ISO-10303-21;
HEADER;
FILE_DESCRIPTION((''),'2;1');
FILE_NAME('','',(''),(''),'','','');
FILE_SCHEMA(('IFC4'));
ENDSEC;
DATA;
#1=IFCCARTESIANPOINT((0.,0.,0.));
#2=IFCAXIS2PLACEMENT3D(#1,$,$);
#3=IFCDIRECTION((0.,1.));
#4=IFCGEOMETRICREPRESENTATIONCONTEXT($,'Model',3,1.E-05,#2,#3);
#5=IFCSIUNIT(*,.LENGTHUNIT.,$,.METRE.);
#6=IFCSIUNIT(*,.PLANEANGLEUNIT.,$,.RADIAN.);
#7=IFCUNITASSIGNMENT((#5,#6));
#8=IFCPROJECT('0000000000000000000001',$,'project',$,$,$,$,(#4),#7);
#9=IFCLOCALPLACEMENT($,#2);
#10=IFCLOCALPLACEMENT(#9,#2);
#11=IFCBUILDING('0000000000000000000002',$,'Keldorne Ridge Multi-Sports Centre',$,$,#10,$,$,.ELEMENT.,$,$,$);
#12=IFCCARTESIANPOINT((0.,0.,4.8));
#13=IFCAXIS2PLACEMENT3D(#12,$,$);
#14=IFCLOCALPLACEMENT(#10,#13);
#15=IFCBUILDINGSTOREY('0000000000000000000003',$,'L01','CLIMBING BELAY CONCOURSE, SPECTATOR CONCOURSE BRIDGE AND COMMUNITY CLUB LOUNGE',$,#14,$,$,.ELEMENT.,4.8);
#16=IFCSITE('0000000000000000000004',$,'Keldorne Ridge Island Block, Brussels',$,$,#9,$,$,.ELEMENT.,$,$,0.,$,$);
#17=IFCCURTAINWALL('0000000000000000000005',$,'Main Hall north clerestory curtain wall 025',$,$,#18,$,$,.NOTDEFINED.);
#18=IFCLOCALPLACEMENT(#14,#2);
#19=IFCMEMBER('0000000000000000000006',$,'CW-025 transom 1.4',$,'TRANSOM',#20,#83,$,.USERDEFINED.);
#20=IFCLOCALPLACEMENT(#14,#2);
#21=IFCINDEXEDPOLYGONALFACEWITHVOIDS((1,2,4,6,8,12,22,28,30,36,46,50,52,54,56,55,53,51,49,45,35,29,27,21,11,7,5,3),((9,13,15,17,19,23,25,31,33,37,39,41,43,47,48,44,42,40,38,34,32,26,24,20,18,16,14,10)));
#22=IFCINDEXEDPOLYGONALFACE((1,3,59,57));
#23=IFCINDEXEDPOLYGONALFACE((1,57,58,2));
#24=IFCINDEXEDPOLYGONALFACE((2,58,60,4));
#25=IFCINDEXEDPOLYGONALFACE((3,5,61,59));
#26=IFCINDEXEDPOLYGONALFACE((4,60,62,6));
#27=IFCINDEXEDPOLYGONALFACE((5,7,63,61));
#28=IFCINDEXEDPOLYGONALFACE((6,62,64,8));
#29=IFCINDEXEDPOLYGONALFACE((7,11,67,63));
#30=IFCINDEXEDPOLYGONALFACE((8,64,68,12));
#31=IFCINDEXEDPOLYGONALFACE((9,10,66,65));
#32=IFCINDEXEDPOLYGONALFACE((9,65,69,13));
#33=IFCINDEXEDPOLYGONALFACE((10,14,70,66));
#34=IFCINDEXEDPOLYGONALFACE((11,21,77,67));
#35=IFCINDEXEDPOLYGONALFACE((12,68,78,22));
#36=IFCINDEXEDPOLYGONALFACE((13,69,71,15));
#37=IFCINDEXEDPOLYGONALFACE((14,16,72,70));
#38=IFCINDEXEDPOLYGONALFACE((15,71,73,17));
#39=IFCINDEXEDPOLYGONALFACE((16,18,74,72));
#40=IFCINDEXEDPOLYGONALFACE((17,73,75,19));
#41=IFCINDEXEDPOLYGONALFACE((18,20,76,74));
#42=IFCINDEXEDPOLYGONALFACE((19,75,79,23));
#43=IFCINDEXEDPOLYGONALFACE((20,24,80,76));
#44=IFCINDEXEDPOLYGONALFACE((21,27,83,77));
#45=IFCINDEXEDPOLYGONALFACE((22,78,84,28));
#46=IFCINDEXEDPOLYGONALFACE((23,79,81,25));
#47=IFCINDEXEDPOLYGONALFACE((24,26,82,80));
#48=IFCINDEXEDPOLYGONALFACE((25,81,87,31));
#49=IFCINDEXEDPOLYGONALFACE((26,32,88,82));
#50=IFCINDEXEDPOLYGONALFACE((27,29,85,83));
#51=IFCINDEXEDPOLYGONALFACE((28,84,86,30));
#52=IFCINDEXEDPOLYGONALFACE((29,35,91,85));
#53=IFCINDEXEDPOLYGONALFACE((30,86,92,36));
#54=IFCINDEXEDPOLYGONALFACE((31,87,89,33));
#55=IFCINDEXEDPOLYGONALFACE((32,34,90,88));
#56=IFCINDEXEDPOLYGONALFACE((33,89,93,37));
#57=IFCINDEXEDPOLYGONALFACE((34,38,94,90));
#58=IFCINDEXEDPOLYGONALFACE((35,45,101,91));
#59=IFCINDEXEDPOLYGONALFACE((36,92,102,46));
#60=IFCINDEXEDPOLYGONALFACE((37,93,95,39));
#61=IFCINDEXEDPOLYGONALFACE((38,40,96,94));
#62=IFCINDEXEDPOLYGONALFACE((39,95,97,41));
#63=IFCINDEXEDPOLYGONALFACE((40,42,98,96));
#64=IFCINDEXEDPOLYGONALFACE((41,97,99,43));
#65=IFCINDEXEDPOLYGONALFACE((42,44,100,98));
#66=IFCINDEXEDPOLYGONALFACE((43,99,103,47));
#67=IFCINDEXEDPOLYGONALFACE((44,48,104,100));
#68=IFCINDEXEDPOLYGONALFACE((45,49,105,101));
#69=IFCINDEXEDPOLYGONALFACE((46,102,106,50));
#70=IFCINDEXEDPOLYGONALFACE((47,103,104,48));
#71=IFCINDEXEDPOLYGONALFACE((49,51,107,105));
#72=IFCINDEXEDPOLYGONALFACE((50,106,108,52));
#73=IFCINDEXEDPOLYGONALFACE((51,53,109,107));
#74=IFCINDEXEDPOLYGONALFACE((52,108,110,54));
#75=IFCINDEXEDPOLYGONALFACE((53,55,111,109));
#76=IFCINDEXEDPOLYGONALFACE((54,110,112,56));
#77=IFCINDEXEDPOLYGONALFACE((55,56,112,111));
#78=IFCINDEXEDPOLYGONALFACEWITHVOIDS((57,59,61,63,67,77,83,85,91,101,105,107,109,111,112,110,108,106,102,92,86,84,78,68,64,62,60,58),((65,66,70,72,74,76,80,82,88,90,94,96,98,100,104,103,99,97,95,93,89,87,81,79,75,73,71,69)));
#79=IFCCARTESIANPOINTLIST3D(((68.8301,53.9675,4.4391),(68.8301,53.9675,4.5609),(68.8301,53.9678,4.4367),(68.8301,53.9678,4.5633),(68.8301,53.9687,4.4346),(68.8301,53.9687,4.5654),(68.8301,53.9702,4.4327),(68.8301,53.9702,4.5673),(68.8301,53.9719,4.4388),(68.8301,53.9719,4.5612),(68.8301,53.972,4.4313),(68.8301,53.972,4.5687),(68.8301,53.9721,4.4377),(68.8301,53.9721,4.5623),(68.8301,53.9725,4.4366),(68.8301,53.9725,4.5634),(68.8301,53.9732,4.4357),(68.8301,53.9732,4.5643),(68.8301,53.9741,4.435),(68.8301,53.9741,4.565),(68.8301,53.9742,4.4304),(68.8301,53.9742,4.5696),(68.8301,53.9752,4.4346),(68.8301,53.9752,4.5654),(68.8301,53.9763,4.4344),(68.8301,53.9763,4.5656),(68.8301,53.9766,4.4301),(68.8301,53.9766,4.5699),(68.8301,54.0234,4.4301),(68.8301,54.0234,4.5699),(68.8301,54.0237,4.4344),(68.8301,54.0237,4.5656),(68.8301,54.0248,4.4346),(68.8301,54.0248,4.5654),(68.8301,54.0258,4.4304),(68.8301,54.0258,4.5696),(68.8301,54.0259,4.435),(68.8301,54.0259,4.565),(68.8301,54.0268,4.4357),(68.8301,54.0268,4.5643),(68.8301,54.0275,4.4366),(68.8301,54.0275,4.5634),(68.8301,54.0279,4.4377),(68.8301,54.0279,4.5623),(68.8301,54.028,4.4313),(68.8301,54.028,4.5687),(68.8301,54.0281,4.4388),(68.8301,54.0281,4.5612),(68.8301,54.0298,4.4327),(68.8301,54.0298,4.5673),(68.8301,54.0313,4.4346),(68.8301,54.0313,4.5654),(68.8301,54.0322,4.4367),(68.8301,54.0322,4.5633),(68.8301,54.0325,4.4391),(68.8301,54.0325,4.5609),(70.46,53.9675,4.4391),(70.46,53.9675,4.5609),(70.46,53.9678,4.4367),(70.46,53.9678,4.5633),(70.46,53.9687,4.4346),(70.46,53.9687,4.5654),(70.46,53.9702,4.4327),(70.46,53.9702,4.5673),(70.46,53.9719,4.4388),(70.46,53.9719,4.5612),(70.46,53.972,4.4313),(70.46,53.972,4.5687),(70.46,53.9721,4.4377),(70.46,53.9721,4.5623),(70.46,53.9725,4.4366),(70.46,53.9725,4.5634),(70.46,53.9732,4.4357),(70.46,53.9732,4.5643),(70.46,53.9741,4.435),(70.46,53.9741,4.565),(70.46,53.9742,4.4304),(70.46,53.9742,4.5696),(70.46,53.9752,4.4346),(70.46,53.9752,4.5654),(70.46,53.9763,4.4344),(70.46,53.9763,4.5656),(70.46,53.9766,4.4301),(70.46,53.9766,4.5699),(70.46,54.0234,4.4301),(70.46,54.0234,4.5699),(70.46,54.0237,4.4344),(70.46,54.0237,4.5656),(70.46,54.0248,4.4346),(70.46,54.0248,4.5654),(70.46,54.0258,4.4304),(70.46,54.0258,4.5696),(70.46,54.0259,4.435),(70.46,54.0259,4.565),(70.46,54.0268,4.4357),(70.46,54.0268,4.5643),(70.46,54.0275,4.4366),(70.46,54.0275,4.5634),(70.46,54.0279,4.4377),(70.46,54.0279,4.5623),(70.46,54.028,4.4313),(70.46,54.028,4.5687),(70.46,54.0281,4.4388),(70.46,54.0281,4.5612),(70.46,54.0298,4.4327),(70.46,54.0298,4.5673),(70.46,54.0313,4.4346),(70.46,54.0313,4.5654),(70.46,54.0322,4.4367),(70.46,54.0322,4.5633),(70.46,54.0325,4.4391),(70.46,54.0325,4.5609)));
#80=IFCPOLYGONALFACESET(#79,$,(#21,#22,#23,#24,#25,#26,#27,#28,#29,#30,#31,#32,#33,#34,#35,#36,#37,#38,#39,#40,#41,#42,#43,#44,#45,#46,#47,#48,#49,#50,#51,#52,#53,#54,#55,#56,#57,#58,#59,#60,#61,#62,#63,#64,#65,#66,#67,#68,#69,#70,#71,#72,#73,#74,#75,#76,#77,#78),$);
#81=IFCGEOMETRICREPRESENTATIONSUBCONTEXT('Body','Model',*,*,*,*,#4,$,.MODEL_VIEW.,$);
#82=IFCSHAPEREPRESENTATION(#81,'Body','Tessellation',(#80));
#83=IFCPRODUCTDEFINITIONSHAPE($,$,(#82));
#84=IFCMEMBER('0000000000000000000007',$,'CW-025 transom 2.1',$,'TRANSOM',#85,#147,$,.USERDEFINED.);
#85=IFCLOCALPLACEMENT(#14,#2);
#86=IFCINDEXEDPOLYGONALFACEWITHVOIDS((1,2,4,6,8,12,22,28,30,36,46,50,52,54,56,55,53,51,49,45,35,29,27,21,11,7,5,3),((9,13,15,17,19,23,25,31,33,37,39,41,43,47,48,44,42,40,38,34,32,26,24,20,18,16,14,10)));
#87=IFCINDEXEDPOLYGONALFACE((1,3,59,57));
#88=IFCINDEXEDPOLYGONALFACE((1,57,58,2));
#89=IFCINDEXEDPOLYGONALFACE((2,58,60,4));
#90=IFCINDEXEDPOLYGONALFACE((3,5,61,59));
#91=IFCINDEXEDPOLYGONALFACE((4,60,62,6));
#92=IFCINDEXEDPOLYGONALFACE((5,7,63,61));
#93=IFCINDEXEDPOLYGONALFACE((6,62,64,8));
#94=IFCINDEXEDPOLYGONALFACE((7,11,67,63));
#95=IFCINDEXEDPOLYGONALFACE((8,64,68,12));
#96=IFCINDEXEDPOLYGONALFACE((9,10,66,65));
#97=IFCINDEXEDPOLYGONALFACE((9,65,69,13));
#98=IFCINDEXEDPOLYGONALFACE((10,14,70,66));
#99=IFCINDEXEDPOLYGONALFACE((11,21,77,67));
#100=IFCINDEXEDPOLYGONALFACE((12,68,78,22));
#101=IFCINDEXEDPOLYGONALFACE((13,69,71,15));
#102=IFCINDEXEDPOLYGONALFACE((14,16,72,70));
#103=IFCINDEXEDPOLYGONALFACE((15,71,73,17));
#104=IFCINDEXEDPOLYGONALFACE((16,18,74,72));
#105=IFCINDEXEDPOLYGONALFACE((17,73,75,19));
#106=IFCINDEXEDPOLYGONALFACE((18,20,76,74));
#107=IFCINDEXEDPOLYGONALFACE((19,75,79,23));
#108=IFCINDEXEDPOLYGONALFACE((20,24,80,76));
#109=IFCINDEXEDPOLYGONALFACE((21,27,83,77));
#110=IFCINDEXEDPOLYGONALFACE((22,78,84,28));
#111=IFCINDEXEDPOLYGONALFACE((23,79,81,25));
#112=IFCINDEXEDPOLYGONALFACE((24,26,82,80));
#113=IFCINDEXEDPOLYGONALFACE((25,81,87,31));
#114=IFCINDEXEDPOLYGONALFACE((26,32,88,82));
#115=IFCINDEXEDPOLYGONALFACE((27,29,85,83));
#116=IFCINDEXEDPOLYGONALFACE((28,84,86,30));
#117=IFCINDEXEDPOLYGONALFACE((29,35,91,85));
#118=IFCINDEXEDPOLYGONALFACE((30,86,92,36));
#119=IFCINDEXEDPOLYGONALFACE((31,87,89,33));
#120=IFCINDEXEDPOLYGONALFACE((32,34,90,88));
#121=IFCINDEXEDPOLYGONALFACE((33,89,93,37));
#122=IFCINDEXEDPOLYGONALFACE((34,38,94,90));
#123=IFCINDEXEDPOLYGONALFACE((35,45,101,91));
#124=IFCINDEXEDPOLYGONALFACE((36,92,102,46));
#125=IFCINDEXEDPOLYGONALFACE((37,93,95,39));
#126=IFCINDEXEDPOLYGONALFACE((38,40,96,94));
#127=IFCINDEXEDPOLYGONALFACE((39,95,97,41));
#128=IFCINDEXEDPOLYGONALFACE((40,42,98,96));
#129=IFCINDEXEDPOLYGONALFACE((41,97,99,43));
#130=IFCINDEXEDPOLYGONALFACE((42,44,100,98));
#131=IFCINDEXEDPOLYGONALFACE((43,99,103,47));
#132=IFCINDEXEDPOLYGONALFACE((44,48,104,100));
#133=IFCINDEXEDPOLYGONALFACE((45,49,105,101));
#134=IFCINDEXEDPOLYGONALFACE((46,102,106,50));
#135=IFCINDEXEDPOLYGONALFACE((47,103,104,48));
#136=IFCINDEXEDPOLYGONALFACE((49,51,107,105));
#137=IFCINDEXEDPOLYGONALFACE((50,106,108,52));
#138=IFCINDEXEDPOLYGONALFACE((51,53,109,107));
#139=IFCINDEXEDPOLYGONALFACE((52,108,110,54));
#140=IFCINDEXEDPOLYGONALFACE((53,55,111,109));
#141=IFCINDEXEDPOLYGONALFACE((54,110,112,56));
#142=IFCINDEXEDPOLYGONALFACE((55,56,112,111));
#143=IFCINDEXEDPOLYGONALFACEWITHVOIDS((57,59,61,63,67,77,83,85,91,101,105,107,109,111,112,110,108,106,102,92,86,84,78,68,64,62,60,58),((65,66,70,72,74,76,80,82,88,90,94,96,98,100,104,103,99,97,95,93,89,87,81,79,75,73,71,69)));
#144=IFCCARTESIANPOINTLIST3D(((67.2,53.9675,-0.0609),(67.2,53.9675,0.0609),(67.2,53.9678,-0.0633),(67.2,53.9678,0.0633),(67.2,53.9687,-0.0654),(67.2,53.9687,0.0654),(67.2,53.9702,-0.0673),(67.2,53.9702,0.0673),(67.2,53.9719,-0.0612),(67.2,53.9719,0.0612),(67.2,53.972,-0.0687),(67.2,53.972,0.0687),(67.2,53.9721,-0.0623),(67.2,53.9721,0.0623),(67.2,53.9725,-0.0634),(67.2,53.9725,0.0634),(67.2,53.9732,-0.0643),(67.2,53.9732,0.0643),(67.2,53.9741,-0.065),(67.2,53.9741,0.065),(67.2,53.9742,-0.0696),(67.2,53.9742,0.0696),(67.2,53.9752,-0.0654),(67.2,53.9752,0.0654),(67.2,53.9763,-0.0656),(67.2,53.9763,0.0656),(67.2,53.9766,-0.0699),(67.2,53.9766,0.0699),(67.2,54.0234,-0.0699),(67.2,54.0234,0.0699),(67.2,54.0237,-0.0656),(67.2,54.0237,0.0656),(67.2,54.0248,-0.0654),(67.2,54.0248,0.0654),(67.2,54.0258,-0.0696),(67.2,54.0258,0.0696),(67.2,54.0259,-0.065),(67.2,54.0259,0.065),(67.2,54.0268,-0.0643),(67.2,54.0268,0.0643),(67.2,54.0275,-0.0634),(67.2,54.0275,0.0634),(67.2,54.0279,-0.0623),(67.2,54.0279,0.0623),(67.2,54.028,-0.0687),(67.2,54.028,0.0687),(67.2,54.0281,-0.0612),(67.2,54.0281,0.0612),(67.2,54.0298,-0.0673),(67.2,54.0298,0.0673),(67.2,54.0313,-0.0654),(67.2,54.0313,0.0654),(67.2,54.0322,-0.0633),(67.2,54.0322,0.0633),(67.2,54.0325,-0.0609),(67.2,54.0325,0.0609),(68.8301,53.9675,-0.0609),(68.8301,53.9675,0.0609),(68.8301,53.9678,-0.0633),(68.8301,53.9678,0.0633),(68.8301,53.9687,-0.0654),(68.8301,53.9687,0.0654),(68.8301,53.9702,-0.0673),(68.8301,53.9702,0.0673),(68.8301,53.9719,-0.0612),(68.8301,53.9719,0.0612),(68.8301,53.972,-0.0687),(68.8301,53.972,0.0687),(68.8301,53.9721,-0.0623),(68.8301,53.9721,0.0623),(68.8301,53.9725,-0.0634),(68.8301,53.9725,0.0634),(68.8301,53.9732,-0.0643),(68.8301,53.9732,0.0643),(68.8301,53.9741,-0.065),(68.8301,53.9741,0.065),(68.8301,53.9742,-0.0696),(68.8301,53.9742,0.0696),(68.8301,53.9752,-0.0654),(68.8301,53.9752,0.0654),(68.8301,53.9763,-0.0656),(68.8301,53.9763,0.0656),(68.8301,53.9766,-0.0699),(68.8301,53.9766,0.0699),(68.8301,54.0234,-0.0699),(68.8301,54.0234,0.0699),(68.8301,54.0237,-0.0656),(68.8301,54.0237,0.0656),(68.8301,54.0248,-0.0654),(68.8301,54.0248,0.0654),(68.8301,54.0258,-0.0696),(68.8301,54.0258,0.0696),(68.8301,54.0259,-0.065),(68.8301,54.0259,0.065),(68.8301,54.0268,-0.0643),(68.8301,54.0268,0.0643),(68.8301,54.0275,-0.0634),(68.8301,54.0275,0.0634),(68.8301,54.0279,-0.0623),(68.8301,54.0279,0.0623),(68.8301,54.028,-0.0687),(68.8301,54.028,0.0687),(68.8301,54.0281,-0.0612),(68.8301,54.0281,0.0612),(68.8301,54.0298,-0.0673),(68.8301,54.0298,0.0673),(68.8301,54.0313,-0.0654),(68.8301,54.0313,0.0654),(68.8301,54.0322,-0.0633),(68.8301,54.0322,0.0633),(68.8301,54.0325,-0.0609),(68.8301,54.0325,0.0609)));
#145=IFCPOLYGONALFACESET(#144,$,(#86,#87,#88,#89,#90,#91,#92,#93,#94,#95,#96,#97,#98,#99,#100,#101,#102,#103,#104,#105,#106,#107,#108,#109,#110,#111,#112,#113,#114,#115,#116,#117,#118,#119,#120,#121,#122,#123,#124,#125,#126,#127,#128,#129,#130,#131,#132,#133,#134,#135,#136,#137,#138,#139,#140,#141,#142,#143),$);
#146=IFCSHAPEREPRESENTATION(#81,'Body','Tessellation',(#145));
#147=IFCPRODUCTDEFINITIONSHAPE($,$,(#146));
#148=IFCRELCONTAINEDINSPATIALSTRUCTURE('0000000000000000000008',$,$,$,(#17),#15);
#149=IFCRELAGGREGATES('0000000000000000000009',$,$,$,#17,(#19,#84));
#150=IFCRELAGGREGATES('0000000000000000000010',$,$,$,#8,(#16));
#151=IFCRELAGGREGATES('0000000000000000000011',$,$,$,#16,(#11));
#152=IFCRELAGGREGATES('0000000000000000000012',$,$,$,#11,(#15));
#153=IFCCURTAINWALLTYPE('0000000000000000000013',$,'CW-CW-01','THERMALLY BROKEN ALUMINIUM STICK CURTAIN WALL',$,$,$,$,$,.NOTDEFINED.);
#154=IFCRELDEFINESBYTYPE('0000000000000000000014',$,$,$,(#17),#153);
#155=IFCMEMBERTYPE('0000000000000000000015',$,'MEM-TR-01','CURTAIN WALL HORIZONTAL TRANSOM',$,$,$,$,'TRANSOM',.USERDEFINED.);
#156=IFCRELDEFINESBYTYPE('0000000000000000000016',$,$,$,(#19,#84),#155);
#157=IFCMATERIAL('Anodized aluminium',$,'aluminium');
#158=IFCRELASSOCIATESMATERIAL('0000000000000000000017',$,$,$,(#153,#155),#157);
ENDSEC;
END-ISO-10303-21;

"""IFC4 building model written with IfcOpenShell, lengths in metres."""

from ifc_helpers import new_model, si_unit, direction, frame, origin, origin_2d, place, context, subcontext, project, spatial, hollow_rectangle, extrude, material, material_profile, profile_set, type_object, element, aggregate, save


model = new_model("IFC4")

# Units and contexts
model_context = context("Model", 3, precision=1e-05, world=origin(), true_north=direction((0.0, 1.0)))
body_context = subcontext(model_context, "Body", "Model", "MODEL_VIEW")
ifc_project = project(units=[si_unit("LENGTHUNIT", "METRE"), si_unit("PLANEANGLEUNIT", "RADIAN")], contexts=[model_context])

# Site, building, storey
site_placement = place(None, origin())
site = spatial("IfcSite", under=ifc_project, at=site_placement, Name="Keldorne Ridge Island Block, Brussels", CompositionType="ELEMENT", RefElevation=0.0)
building_placement = place(site_placement, origin())
building = spatial("IfcBuilding", under=site, at=building_placement, Name="Keldorne Ridge Multi-Sports Centre", CompositionType="ELEMENT")
storey_placement = place(building_placement, frame((0.0, 0.0, 4.8)))
storey = spatial("IfcBuildingStorey", under=building, at=storey_placement, Name="L01", Description="CLIMBING BELAY CONCOURSE, SPECTATOR CONCOURSE BRIDGE AND COMMUNITY CLUB LOUNGE", CompositionType="ELEMENT", Elevation=4.8)

# Curtain wall
ifc_material_1 = material(Name="Anodized aluminium", Category="aluminium")
curtain_wall_type_1 = type_object("IfcCurtainWallType", Name="CW-CW-01", Description="THERMALLY BROKEN ALUMINIUM STICK CURTAIN WALL", PredefinedType="NOTDEFINED", material=ifc_material_1)
curtain_wall_1_placement = place(storey_placement, origin())
curtain_wall_1 = element("IfcCurtainWall", 1, at=curtain_wall_1_placement, inside=storey, type_object=curtain_wall_type_1, Name="Main Hall north clerestory curtain wall 025", PredefinedType="NOTDEFINED")

# Members
ifc_material_profile_1 = material_profile(ifc_material_1, hollow_rectangle(XDim=0.0649, YDim=0.1399, WallThickness=0.0044, InnerFilletRadius=0.0044, OuterFilletRadius=0.009, at=origin_2d()), Name="ALU TRANSOM 140x65x4.5")
ifc_profile_set_1 = profile_set([ifc_material_profile_1], Name="Anodized aluminium")
member_type_1 = type_object("IfcMemberType", Name="MEM-TR-01", Description="CURTAIN WALL HORIZONTAL TRANSOM", ElementType="TRANSOM", PredefinedType="USERDEFINED", material=ifc_profile_set_1)
member_1_placement = place(storey_placement, frame((70.46, 54.0, 4.5), z_axis=(-1.0, 0.0, 0.0), x_axis=(0.0, -1.0, 0.0)))
member_1 = element("IfcMember", 2, at=member_1_placement, type_object=member_type_1, Name="CW-025 transom 1.4", ObjectType="TRANSOM", PredefinedType="USERDEFINED", context=body_context, shape_type="SweptSolid", body=[
    extrude(hollow_rectangle(XDim=0.0649, YDim=0.1399, WallThickness=0.0044, InnerFilletRadius=0.0044, OuterFilletRadius=0.009, at=origin_2d()), origin(), (0.0, 0.0, 1.0), 1.6299),
])
member_2_placement = place(storey_placement, frame((68.8301, 54.0, 0.0), z_axis=(-1.0, 0.0, 0.0), x_axis=(0.0, -1.0, 0.0)))
member_2 = element("IfcMember", 3, at=member_2_placement, type_object=member_type_1, Name="CW-025 transom 2.1", ObjectType="TRANSOM", PredefinedType="USERDEFINED", context=body_context, shape_type="SweptSolid", body=[
    extrude(hollow_rectangle(XDim=0.0649, YDim=0.1399, WallThickness=0.0044, InnerFilletRadius=0.0044, OuterFilletRadius=0.009, at=origin_2d()), origin(), (0.0, 0.0, 1.0), 1.6301),
])

aggregate(curtain_wall_1, [member_1, member_2])

save(model, "model.ifc")
